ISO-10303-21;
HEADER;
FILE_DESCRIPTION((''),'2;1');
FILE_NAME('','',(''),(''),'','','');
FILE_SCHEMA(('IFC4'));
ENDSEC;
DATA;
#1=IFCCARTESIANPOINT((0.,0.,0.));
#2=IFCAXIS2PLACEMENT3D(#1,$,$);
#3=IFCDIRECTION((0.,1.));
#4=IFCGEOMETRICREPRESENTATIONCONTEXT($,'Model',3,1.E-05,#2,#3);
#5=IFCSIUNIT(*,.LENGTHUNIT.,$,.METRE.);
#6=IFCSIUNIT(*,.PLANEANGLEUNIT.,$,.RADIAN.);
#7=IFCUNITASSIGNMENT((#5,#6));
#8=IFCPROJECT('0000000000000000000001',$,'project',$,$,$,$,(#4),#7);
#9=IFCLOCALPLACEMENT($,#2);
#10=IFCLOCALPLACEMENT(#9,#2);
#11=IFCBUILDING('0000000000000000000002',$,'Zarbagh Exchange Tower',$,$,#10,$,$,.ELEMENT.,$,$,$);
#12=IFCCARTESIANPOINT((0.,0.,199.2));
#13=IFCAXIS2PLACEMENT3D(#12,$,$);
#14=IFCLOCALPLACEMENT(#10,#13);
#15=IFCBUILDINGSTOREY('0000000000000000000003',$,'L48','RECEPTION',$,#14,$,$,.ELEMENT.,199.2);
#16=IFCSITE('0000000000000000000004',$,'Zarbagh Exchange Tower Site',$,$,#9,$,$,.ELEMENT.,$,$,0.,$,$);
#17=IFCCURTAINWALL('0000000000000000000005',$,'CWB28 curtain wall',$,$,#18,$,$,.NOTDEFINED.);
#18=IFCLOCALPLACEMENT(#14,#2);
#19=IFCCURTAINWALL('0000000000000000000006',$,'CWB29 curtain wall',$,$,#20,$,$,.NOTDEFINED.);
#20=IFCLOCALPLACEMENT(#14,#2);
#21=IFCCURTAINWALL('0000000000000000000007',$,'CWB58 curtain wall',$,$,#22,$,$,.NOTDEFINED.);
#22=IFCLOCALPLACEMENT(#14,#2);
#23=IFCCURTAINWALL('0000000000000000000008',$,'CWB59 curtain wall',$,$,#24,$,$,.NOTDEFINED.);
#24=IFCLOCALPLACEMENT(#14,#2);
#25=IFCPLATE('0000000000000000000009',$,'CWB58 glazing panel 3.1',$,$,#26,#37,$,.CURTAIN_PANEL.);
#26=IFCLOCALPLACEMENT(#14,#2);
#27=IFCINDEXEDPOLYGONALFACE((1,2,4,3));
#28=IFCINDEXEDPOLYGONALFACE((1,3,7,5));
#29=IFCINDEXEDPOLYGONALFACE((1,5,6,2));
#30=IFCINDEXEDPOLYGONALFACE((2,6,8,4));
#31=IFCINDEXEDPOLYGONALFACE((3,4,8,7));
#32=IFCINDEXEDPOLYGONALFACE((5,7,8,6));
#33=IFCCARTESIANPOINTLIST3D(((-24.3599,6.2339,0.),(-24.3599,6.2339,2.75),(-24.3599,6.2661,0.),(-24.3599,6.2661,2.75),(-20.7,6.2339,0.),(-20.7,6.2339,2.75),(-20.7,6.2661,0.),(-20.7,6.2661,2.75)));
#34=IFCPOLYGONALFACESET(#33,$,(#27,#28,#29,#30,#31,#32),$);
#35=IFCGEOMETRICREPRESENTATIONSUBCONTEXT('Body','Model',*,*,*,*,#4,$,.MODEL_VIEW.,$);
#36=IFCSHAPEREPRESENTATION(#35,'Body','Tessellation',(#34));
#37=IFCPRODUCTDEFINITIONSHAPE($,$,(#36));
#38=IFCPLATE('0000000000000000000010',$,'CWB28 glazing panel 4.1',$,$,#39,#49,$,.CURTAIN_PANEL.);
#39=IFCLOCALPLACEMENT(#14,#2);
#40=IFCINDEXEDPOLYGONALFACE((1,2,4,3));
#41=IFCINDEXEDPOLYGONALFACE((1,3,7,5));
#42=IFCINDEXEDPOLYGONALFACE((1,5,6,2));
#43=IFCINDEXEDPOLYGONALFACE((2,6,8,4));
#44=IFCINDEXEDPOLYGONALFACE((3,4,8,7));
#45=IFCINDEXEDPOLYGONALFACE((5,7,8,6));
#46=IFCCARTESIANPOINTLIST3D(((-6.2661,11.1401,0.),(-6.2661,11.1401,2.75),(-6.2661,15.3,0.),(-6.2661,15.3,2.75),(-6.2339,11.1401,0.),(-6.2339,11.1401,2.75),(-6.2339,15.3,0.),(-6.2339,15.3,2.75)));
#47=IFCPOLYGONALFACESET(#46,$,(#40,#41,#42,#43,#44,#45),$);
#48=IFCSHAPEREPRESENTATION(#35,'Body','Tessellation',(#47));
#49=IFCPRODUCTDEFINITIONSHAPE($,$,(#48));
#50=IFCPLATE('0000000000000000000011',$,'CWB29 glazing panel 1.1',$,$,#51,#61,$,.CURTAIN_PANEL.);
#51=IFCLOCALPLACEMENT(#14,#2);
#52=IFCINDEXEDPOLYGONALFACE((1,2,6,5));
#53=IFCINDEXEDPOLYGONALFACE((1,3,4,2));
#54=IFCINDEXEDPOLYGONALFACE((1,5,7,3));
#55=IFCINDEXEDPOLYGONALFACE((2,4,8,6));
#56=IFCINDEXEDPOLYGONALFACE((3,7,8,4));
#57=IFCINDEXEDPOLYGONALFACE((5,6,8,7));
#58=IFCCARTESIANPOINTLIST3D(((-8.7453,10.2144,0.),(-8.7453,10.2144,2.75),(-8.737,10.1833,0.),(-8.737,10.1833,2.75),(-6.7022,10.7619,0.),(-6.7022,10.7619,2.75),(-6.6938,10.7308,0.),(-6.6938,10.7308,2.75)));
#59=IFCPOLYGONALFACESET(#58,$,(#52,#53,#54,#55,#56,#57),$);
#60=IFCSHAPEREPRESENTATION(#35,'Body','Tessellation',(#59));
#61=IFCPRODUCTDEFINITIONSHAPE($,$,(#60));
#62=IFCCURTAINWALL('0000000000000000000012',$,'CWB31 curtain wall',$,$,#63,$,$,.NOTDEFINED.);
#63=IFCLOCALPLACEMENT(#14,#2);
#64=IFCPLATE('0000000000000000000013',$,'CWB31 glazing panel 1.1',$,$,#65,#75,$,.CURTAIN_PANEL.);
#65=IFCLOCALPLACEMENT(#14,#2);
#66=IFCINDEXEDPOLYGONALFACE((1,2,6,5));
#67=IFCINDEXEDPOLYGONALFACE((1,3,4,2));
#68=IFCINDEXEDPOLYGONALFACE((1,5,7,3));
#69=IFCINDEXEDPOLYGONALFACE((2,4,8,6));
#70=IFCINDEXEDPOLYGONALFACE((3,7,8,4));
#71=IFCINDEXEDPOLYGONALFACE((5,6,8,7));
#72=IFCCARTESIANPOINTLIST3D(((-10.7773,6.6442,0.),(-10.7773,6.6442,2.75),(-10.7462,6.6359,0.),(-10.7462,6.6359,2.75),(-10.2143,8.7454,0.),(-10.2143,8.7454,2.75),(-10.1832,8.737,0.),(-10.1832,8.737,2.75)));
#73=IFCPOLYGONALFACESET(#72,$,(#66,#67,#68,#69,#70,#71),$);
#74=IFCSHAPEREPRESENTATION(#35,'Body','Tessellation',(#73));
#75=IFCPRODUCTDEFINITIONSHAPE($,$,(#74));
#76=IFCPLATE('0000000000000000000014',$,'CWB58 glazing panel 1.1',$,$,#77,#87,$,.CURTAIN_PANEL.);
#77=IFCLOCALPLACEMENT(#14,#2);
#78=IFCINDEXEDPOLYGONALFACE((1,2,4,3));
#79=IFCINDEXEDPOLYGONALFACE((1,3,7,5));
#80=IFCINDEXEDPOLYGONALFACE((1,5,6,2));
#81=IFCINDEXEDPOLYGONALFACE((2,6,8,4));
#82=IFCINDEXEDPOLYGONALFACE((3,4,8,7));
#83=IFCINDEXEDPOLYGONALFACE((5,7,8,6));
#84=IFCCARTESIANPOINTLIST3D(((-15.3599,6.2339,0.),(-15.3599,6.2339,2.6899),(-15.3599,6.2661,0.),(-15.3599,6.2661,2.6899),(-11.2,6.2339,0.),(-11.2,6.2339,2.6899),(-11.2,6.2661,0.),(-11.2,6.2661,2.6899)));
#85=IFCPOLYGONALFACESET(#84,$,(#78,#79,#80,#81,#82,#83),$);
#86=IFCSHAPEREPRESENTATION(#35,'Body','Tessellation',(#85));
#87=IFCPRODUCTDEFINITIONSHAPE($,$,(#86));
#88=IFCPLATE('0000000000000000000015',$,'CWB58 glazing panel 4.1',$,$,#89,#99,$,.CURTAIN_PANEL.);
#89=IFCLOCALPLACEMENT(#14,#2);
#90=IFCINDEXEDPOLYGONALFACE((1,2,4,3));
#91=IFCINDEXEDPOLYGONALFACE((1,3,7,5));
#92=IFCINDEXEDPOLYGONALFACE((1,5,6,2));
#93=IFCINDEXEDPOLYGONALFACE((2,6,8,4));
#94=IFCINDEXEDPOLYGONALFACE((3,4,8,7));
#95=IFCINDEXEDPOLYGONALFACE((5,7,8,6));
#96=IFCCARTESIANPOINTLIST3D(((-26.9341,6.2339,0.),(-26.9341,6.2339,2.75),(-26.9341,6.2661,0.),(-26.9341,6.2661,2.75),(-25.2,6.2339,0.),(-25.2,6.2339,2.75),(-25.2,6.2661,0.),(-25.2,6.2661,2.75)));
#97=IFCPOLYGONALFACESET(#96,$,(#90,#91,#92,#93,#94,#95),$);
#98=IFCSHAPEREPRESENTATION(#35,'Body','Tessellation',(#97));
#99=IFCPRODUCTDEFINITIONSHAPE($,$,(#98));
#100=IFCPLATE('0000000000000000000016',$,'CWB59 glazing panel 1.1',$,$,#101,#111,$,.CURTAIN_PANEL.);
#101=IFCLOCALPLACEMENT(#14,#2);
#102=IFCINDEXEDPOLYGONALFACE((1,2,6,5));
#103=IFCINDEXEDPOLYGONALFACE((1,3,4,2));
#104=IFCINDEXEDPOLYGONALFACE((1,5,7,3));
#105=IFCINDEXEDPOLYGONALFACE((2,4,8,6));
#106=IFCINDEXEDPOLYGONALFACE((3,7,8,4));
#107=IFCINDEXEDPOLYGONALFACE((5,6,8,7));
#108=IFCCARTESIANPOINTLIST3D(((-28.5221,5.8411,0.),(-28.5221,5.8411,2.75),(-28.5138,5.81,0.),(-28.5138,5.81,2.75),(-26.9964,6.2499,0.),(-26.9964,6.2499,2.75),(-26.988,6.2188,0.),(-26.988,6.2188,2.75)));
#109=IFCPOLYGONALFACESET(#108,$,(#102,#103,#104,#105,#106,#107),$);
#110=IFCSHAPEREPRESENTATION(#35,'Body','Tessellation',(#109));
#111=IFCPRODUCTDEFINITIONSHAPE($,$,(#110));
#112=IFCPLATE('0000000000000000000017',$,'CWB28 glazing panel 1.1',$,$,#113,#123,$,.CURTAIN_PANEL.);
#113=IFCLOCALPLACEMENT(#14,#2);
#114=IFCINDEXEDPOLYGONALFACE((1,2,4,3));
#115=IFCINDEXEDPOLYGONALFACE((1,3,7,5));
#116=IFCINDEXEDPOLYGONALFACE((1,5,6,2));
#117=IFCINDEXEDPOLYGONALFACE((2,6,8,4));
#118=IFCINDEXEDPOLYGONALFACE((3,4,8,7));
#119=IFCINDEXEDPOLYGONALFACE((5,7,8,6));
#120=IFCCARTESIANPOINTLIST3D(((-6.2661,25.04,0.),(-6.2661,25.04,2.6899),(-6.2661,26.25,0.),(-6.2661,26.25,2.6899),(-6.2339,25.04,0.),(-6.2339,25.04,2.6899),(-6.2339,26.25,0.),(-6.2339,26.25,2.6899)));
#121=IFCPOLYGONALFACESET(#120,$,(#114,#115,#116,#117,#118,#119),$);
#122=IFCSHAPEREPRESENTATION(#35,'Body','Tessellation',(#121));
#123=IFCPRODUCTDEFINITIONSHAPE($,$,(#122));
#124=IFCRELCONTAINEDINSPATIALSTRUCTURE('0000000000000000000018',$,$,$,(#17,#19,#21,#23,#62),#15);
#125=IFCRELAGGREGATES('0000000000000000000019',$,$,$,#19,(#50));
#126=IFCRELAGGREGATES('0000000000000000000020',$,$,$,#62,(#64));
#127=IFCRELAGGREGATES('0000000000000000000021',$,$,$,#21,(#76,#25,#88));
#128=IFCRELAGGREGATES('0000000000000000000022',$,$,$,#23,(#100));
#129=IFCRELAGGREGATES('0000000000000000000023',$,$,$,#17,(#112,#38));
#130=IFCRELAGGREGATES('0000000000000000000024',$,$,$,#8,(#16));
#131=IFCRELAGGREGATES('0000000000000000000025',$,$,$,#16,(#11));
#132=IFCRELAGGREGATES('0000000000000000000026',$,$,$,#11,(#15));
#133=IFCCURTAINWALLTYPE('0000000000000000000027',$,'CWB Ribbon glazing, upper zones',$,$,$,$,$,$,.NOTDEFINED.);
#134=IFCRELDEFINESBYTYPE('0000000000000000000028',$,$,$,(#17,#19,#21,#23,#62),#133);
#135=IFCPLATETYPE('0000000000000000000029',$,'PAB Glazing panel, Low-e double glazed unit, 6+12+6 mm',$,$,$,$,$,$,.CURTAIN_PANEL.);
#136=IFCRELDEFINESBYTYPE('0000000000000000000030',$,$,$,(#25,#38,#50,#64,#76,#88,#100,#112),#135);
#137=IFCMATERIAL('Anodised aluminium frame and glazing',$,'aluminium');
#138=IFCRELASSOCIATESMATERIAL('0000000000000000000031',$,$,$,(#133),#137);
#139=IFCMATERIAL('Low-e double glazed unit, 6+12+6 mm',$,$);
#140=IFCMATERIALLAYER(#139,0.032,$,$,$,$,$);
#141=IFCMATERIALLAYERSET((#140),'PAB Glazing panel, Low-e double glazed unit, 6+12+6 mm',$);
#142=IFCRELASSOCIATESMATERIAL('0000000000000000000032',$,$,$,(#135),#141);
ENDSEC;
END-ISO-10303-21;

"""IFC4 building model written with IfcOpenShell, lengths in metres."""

from ifc_helpers import new_model, si_unit, direction, frame, origin, place, context, subcontext, project, spatial, polyline, outline, extrude, source, transform, mapped, material, layer, layer_set, type_object, element, aggregate, save


model = new_model("IFC4")

# Units and contexts
model_context = context("Model", 3, precision=1e-05, world=origin(), true_north=direction((0.0, 1.0)))
body_context = subcontext(model_context, "Body", "Model", "MODEL_VIEW")
ifc_project = project(units=[si_unit("LENGTHUNIT", "METRE"), si_unit("PLANEANGLEUNIT", "RADIAN")], contexts=[model_context])

# Site, building, storey
site_placement = place(None, origin())
site = spatial("IfcSite", under=ifc_project, at=site_placement, Name="Zarbagh Exchange Tower Site", CompositionType="ELEMENT", RefElevation=0.0)
building_placement = place(site_placement, origin())
building = spatial("IfcBuilding", under=site, at=building_placement, Name="Zarbagh Exchange Tower", CompositionType="ELEMENT")
storey_placement = place(building_placement, frame((0.0, 0.0, 199.2)))
storey = spatial("IfcBuildingStorey", under=building, at=storey_placement, Name="L48", Description="RECEPTION", CompositionType="ELEMENT", Elevation=199.2)

# Curtain wall
ifc_material_1 = material(Name="Anodised aluminium frame and glazing", Category="aluminium")
curtain_wall_type = type_object("IfcCurtainWallType", Name="CWB Ribbon glazing, upper zones", PredefinedType="NOTDEFINED", material=ifc_material_1)
curtain_wall_1_placement = place(storey_placement, origin())
curtain_wall_1 = element("IfcCurtainWall", 1, at=curtain_wall_1_placement, inside=storey, type_object=curtain_wall_type, Name="CWB28 curtain wall", PredefinedType="NOTDEFINED")
placement = place(storey_placement, origin())

# Curtain wall
curtain_wall_2_placement = place(storey_placement, origin())
curtain_wall_2 = element("IfcCurtainWall", 2, at=curtain_wall_2_placement, inside=storey, type_object=curtain_wall_type, Name="CWB29 curtain wall", PredefinedType="NOTDEFINED")

# Curtain wall
curtain_wall_3_placement = place(storey_placement, origin())
curtain_wall_3 = element("IfcCurtainWall", 3, at=curtain_wall_3_placement, inside=storey, type_object=curtain_wall_type, Name="CWB58 curtain wall", PredefinedType="NOTDEFINED")

# Curtain wall
curtain_wall_4_placement = place(storey_placement, origin())
curtain_wall_4 = element("IfcCurtainWall", 4, at=curtain_wall_4_placement, inside=storey, type_object=curtain_wall_type, Name="CWB59 curtain wall", PredefinedType="NOTDEFINED")

# Shared definitions
ifc_material_2 = material(Name="Low-e double glazed unit, 6+12+6 mm")
ifc_layer = layer(ifc_material_2, 0.032)
ifc_layer_set = layer_set([ifc_layer], Name="PAB Glazing panel, Low-e double glazed unit, 6+12+6 mm")
plate_type = type_object("IfcPlateType", Name="PAB Glazing panel, Low-e double glazed unit, 6+12+6 mm", PredefinedType="CURTAIN_PANEL", material=ifc_layer_set)

# Plates
shared_shape_1 = source(origin(), body_context, "Body", "SweptSolid", [
    extrude(outline(polyline([(0.0, -0.0161), (3.6599, -0.0161), (3.6599, 0.0161), (0.0, 0.0161), (0.0, -0.0161)])), origin(), (0.0, 0.0, 1.0), 2.75),
])
plate_1 = element("IfcPlate", 5, at=placement, type_object=plate_type, Name="CWB58 glazing panel 3.1", PredefinedType="CURTAIN_PANEL", context=body_context, shape_type="MappedRepresentation", body=[
    mapped(shared_shape_1, transform((-20.7, 6.25, 0.0), x_axis=(-1.0, 0.0, 0.0), y_axis=(0.0, -1.0, 0.0), z_axis=(0.0, 0.0, 1.0))),
])
shared_shape_2 = source(origin(), body_context, "Body", "SweptSolid", [
    extrude(outline(polyline([(0.0, -0.0161), (4.1599, -0.0161), (4.1599, 0.0161), (0.0, 0.0161), (0.0, -0.0161)])), origin(), (0.0, 0.0, 1.0), 2.75),
])
plate_2 = element("IfcPlate", 6, at=placement, type_object=plate_type, Name="CWB28 glazing panel 4.1", PredefinedType="CURTAIN_PANEL", context=body_context, shape_type="MappedRepresentation", body=[
    mapped(shared_shape_2, transform((-6.25, 15.3, 0.0), x_axis=(0.0, -1.0, 0.0), y_axis=(1.0, 0.0, 0.0), z_axis=(0.0, 0.0, 1.0))),
])
shared_shape_3 = source(origin(), body_context, "Body", "SweptSolid", [
    extrude(outline(polyline([(0.0, -0.0161), (2.1152, -0.0161), (2.1152, 0.0161), (0.0, 0.0161), (0.0, -0.0161)])), origin(), (0.0, 0.0, 1.0), 2.75),
])
plate_3 = element("IfcPlate", 7, at=placement, type_object=plate_type, Name="CWB29 glazing panel 1.1", PredefinedType="CURTAIN_PANEL", context=body_context, shape_type="MappedRepresentation", body=[
    mapped(shared_shape_3, transform((-6.698, 10.7463, 0.0), x_axis=(-0.965924, -0.258825, 0.0), y_axis=(0.258825, -0.965924, 0.0), z_axis=(0.0, 0.0, 1.0))),
])
aggregate(curtain_wall_2, [plate_3])

# Curtain wall, plate
curtain_wall_5_placement = place(storey_placement, origin())
curtain_wall_5 = element("IfcCurtainWall", 8, at=curtain_wall_5_placement, inside=storey, type_object=curtain_wall_type, Name="CWB31 curtain wall", PredefinedType="NOTDEFINED")
shared_shape_4 = source(origin(), body_context, "Body", "SweptSolid", [
    extrude(outline(polyline([(0.0, -0.0161), (2.1753, -0.0161), (2.1753, 0.0161), (0.0, 0.0161), (0.0, -0.0161)])), origin(), (0.0, 0.0, 1.0), 2.75),
])
plate_4 = element("IfcPlate", 9, at=placement, type_object=plate_type, Name="CWB31 glazing panel 1.1", PredefinedType="CURTAIN_PANEL", context=body_context, shape_type="MappedRepresentation", body=[
    mapped(shared_shape_4, transform((-10.1987, 8.7412, 0.0), x_axis=(-0.258825, -0.965924, 0.0), y_axis=(0.965924, -0.258825, 0.0), z_axis=(0.0, 0.0, 1.0))),
])
aggregate(curtain_wall_5, [plate_4])

# Plates
shared_shape_5 = source(origin(), body_context, "Body", "SweptSolid", [
    extrude(outline(polyline([(0.0, -0.0161), (4.1599, -0.0161), (4.1599, 0.0161), (0.0, 0.0161), (0.0, -0.0161)])), origin(), (0.0, 0.0, 1.0), 2.6899),
])
plate_5 = element("IfcPlate", 10, at=placement, type_object=plate_type, Name="CWB58 glazing panel 1.1", PredefinedType="CURTAIN_PANEL", context=body_context, shape_type="MappedRepresentation", body=[
    mapped(shared_shape_5, transform((-11.2, 6.25, 0.0), x_axis=(-1.0, 0.0, 0.0), y_axis=(0.0, -1.0, 0.0), z_axis=(0.0, 0.0, 1.0))),
])
shared_shape_6 = source(origin(), body_context, "Body", "SweptSolid", [
    extrude(outline(polyline([(0.0, -0.0161), (1.7341, -0.0161), (1.7341, 0.0161), (0.0, 0.0161), (0.0, -0.0161)])), origin(), (0.0, 0.0, 1.0), 2.75),
])
plate_6 = element("IfcPlate", 11, at=placement, type_object=plate_type, Name="CWB58 glazing panel 4.1", PredefinedType="CURTAIN_PANEL", context=body_context, shape_type="MappedRepresentation", body=[
    mapped(shared_shape_6, transform((-25.2, 6.25, 0.0), x_axis=(-1.0, 0.0, 0.0), y_axis=(0.0, -1.0, 0.0), z_axis=(0.0, 0.0, 1.0))),
])
aggregate(curtain_wall_3, [plate_5, plate_1, plate_6])
shared_shape_7 = source(origin(), body_context, "Body", "SweptSolid", [
    extrude(outline(polyline([(0.0, -0.0161), (1.5796, -0.0161), (1.5796, 0.0161), (0.0, 0.0161), (0.0, -0.0161)])), origin(), (0.0, 0.0, 1.0), 2.75),
])
plate_7 = element("IfcPlate", 12, at=placement, type_object=plate_type, Name="CWB59 glazing panel 1.1", PredefinedType="CURTAIN_PANEL", context=body_context, shape_type="MappedRepresentation", body=[
    mapped(shared_shape_7, transform((-26.9922, 6.2344, 0.0), x_axis=(-0.965924, -0.258825, 0.0), y_axis=(0.258825, -0.965924, 0.0), z_axis=(0.0, 0.0, 1.0))),
])
aggregate(curtain_wall_4, [plate_7])
shared_shape_8 = source(origin(), body_context, "Body", "SweptSolid", [
    extrude(outline(polyline([(0.0, -0.0161), (1.21, -0.0161), (1.21, 0.0161), (0.0, 0.0161), (0.0, -0.0161)])), origin(), (0.0, 0.0, 1.0), 2.6899),
])
plate_8 = element("IfcPlate", 13, at=placement, type_object=plate_type, Name="CWB28 glazing panel 1.1", PredefinedType="CURTAIN_PANEL", context=body_context, shape_type="MappedRepresentation", body=[
    mapped(shared_shape_8, transform((-6.25, 26.25, 0.0), x_axis=(0.0, -1.0, 0.0), y_axis=(1.0, 0.0, 0.0), z_axis=(0.0, 0.0, 1.0))),
])
aggregate(curtain_wall_1, [plate_8, plate_2])

save(model, "model.ifc")
